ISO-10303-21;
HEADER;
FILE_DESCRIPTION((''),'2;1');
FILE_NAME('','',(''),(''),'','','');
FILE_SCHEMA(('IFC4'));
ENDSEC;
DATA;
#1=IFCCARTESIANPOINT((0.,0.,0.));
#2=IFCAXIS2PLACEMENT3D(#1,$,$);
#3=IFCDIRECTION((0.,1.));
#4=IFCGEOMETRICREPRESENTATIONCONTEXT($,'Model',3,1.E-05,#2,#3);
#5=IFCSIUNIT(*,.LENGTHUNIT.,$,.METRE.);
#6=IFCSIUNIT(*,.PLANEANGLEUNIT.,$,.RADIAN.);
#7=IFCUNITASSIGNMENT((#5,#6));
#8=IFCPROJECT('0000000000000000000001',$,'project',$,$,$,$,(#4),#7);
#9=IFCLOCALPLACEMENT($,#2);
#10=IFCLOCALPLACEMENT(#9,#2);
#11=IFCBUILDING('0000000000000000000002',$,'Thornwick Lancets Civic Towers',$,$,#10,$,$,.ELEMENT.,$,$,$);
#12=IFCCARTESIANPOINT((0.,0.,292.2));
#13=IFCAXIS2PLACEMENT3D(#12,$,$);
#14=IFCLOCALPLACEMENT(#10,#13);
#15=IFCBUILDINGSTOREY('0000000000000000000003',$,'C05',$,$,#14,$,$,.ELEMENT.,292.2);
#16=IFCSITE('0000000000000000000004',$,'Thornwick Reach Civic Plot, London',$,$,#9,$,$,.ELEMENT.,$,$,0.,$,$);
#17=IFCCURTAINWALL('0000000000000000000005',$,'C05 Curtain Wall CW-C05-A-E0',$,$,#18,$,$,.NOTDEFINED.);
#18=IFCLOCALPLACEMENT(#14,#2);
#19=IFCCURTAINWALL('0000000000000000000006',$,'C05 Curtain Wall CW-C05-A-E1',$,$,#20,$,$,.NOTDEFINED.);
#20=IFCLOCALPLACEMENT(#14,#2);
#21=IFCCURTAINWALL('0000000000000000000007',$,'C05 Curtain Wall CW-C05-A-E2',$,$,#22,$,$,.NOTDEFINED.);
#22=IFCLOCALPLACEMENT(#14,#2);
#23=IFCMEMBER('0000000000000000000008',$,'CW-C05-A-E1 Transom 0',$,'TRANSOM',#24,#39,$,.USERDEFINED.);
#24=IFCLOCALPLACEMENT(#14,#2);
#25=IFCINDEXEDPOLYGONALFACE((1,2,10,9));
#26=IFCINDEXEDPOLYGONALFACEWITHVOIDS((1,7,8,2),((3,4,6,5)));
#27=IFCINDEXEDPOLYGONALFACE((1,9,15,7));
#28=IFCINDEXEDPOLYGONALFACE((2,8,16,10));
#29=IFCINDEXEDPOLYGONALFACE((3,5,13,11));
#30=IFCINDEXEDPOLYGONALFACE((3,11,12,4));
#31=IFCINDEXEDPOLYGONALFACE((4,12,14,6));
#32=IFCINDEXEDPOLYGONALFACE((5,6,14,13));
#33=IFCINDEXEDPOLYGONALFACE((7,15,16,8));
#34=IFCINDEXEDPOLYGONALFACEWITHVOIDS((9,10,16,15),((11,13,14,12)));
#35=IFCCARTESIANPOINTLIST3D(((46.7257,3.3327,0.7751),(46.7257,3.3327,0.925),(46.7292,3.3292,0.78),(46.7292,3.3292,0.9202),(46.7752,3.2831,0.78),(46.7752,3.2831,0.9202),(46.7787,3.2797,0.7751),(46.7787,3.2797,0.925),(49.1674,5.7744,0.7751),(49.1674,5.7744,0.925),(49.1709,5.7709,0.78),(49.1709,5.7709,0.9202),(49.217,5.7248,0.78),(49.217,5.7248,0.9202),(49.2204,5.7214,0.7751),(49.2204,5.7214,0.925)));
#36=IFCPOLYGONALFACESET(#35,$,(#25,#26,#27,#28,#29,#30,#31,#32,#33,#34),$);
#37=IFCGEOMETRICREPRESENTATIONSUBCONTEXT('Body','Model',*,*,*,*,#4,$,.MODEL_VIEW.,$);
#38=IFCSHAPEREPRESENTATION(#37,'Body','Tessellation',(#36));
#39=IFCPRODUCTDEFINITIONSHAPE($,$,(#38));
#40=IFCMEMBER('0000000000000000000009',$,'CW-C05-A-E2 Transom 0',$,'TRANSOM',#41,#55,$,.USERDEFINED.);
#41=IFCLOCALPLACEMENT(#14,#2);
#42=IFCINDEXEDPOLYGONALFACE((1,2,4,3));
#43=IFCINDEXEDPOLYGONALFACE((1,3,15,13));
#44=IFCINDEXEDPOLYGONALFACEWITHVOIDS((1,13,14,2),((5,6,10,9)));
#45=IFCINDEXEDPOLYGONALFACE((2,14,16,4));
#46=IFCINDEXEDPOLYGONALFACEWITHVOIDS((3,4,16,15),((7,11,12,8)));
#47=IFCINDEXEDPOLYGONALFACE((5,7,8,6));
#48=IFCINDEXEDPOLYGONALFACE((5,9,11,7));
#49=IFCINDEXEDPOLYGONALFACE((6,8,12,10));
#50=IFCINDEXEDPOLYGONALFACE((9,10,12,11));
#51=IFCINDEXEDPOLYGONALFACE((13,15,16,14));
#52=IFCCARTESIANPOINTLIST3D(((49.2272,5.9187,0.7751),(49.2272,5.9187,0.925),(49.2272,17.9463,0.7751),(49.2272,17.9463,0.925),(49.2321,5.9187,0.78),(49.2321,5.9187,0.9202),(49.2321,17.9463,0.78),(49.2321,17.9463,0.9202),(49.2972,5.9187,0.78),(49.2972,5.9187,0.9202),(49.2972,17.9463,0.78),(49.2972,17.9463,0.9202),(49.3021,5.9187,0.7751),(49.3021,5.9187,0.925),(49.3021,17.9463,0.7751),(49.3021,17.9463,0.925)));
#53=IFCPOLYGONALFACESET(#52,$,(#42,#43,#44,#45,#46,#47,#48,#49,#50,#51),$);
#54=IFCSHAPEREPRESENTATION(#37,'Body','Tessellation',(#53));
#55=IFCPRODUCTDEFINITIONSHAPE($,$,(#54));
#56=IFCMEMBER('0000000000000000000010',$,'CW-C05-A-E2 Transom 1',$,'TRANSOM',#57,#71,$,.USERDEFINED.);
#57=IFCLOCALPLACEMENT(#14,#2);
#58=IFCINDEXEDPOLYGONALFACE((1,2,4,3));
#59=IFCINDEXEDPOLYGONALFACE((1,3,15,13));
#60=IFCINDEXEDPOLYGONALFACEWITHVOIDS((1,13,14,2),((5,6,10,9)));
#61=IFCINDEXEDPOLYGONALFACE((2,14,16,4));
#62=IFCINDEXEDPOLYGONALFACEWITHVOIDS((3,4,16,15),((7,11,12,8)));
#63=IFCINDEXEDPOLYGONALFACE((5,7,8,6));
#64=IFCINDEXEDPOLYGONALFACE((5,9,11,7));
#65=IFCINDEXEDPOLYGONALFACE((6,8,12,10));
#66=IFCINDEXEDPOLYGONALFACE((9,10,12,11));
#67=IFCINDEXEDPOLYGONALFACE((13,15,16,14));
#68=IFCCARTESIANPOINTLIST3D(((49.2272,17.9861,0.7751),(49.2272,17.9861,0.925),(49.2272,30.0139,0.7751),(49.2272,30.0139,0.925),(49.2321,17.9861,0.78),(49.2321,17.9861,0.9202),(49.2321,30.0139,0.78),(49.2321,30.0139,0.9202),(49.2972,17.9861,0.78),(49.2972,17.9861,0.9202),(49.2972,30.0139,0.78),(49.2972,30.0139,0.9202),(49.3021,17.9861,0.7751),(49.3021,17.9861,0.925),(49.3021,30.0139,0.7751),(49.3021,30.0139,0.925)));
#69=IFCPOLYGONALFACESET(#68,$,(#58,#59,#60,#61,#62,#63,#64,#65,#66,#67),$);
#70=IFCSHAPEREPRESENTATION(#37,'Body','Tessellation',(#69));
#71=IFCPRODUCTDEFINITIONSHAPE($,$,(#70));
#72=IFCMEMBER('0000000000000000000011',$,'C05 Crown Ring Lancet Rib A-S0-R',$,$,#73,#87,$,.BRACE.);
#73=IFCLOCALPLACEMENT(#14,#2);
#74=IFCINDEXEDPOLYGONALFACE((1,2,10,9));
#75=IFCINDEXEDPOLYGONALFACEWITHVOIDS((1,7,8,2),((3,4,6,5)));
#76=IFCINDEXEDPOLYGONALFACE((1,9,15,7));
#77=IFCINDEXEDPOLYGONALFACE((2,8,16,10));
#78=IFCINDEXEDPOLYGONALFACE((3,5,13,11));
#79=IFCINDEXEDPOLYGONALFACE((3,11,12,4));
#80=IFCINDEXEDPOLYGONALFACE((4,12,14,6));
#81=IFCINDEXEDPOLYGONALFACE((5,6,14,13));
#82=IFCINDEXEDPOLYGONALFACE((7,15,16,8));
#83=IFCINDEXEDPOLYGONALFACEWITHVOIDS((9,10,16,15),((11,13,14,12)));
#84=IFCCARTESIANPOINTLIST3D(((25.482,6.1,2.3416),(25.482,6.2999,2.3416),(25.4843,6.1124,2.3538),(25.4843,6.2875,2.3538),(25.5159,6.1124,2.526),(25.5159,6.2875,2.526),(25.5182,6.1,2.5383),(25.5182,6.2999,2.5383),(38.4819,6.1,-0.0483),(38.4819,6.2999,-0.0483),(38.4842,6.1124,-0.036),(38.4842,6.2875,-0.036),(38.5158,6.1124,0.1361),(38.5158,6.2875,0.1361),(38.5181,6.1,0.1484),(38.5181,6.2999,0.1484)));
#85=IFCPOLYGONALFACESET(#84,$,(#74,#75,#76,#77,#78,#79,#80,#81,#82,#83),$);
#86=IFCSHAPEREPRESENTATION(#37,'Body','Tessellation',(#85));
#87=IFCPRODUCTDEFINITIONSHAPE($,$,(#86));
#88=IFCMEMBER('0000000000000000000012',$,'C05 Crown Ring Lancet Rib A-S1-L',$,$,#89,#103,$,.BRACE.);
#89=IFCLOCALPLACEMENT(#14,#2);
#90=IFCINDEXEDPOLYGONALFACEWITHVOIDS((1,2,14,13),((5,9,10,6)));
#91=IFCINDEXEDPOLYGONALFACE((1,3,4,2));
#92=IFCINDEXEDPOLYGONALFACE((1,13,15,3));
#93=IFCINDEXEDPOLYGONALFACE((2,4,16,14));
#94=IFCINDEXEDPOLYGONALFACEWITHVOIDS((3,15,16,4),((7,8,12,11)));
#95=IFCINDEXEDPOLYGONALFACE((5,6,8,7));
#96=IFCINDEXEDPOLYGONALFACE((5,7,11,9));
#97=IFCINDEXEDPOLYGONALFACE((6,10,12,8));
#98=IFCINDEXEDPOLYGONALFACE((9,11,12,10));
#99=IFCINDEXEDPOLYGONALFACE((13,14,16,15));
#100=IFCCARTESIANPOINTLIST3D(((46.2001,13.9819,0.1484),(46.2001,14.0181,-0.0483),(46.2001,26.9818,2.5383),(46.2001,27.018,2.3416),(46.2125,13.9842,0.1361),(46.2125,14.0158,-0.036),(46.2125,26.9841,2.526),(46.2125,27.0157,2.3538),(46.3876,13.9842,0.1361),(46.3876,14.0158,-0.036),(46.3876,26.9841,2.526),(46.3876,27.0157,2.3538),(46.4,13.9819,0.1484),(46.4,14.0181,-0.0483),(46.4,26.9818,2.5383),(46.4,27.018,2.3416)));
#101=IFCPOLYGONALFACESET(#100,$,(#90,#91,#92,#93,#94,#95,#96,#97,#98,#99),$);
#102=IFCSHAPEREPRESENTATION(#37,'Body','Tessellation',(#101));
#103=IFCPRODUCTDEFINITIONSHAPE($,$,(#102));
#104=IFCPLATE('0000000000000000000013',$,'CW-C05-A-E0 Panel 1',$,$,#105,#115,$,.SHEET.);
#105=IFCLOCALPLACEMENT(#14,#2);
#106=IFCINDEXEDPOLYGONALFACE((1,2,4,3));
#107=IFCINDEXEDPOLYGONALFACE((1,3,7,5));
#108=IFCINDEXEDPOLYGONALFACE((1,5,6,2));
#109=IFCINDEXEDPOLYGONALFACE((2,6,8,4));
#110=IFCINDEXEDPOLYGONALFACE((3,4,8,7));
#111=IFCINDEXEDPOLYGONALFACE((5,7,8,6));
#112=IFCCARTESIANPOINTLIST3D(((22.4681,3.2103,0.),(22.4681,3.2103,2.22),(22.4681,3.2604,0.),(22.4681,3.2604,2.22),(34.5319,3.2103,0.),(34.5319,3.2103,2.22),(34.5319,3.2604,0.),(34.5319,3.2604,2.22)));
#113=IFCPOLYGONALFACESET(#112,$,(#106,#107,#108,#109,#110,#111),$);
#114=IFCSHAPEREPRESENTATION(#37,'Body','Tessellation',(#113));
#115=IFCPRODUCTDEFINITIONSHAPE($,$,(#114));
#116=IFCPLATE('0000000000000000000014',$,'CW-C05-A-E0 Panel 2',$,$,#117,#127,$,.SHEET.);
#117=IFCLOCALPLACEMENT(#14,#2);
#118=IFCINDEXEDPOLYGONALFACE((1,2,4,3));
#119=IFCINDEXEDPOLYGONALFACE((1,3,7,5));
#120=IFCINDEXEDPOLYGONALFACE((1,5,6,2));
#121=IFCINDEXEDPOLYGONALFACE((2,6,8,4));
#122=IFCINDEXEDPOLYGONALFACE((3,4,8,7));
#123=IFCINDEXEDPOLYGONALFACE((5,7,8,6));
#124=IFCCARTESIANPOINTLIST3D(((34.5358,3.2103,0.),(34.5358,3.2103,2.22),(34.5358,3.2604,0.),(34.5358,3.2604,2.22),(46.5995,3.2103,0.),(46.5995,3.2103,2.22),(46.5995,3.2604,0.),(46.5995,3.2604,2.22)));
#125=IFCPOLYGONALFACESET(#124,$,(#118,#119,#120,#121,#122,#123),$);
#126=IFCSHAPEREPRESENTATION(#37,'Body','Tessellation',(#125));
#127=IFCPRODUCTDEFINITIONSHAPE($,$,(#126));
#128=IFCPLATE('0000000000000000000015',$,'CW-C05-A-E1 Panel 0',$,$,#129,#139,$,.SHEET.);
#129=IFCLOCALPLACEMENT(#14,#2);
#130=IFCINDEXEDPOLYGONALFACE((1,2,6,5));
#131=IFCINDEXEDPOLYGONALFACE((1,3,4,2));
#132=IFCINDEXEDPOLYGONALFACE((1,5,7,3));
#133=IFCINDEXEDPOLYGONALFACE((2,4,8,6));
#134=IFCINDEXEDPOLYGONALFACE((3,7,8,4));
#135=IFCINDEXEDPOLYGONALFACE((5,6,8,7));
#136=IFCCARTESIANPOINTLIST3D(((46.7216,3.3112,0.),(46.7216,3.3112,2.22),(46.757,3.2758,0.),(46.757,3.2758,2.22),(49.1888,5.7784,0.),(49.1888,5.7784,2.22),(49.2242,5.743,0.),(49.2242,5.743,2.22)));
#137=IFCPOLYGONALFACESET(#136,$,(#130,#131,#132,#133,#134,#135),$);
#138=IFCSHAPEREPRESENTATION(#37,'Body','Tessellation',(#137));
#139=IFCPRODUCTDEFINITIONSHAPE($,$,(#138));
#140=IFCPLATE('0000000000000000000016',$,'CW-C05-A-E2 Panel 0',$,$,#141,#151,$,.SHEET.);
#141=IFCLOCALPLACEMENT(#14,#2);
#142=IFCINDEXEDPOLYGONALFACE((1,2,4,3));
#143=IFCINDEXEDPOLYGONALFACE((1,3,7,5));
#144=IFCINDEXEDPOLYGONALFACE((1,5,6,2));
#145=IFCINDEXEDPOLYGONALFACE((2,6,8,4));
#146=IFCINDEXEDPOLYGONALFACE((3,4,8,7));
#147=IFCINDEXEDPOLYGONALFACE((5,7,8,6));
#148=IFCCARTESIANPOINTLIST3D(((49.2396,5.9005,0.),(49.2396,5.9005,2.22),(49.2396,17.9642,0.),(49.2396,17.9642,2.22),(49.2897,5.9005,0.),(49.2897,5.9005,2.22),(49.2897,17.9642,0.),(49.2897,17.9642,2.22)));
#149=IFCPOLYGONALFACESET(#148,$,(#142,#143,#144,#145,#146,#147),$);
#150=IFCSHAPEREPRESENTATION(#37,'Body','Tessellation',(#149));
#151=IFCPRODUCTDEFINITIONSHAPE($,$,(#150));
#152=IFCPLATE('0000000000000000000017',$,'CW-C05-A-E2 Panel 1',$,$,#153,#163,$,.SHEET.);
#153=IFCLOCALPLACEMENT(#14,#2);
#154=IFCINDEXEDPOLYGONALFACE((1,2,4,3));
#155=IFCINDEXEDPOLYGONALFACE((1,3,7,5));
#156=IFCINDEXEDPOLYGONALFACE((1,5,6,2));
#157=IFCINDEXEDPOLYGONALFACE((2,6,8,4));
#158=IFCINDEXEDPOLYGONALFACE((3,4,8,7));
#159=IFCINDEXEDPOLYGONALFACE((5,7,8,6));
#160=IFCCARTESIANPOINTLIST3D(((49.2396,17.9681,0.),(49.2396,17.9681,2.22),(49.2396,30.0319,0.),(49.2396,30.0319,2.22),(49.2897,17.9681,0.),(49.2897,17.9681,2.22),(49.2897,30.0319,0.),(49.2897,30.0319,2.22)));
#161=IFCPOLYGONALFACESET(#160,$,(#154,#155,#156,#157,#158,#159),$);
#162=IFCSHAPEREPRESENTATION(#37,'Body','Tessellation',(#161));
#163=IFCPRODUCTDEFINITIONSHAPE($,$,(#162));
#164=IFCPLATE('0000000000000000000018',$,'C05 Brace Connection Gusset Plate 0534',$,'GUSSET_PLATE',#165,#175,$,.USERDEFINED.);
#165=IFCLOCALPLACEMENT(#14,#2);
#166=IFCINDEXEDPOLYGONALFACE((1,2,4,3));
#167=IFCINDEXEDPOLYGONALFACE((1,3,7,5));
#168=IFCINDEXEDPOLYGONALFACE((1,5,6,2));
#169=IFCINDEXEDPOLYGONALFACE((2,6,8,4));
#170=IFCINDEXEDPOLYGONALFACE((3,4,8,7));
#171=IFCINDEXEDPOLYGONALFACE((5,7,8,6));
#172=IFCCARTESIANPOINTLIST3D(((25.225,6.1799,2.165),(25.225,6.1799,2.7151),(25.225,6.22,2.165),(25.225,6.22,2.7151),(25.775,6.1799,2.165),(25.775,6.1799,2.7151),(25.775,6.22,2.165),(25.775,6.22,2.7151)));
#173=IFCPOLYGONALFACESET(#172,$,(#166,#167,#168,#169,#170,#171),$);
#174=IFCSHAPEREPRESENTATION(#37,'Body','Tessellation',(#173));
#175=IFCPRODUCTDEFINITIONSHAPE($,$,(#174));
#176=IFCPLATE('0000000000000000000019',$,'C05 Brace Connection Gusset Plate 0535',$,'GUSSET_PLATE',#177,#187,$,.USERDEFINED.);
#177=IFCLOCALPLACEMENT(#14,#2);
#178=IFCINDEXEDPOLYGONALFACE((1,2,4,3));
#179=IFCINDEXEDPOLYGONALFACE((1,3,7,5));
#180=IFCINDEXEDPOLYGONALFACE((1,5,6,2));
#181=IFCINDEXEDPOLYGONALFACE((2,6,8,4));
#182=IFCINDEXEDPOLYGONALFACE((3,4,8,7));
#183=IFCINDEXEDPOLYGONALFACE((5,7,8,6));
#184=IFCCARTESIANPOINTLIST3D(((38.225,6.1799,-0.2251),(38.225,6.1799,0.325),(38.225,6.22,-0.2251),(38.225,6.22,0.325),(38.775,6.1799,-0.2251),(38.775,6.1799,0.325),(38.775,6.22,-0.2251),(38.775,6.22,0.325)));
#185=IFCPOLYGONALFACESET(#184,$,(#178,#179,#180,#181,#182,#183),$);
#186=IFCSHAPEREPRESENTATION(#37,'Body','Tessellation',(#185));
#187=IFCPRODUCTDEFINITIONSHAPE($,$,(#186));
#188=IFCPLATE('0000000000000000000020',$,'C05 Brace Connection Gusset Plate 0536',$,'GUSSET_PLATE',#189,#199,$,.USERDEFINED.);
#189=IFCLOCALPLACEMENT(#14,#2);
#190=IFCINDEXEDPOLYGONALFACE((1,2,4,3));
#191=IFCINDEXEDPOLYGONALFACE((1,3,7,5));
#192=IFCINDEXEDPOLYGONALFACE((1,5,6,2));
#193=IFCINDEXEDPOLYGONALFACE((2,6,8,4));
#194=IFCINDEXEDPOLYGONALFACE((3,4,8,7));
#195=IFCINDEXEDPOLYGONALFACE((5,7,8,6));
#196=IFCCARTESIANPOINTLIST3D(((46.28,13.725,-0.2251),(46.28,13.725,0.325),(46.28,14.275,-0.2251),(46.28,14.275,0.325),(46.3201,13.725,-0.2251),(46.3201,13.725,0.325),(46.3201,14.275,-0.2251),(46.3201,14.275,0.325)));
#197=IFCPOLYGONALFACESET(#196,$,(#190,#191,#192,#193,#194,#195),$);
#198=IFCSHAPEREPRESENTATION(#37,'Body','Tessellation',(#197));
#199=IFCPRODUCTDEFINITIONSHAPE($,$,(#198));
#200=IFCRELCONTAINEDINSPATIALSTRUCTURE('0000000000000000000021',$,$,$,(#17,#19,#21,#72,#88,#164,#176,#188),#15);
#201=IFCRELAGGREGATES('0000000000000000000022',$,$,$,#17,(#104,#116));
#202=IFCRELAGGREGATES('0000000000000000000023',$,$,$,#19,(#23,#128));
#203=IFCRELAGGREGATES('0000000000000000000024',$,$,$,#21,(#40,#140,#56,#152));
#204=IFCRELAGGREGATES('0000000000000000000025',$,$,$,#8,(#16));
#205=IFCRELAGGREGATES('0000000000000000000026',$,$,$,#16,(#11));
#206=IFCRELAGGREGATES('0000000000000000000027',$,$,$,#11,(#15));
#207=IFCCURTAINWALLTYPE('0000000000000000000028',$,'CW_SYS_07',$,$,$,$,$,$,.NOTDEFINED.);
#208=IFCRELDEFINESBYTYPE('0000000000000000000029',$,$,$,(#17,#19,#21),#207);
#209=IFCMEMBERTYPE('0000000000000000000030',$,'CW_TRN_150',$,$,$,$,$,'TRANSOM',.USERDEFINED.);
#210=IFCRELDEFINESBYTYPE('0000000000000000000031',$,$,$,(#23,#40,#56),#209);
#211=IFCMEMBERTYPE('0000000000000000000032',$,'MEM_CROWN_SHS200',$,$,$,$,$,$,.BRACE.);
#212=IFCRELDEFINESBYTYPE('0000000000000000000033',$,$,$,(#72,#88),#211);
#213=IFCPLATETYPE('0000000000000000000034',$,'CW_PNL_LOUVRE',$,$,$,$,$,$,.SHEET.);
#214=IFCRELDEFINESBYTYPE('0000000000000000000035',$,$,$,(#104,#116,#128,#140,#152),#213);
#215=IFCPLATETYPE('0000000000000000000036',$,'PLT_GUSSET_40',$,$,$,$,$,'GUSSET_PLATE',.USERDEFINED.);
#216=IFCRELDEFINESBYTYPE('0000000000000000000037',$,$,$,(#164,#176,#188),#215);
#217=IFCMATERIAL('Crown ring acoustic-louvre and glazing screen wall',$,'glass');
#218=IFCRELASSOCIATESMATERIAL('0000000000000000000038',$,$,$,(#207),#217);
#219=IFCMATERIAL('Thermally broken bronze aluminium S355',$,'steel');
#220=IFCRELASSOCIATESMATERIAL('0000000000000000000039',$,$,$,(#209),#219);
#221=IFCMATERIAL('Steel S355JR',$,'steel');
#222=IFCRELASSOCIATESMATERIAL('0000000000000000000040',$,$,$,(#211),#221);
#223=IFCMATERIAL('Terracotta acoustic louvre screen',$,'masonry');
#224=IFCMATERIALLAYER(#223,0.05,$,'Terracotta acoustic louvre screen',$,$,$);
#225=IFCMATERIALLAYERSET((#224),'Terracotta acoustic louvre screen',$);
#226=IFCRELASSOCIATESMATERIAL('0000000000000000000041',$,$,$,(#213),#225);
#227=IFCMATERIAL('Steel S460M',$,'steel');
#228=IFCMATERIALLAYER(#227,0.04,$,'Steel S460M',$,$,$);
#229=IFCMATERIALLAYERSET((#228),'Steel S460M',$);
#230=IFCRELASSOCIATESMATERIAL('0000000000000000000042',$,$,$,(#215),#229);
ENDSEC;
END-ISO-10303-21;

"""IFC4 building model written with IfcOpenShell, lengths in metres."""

from ifc_helpers import new_model, si_unit, direction, frame, origin, origin_2d, place, context, subcontext, project, spatial, rectangle, hollow_rectangle, extrude, material, layer, layer_set, material_profile, profile_set, type_object, element, aggregate, save


model = new_model("IFC4")

# Units and contexts
model_context = context("Model", 3, precision=1e-05, world=origin(), true_north=direction((0.0, 1.0)))
body_context = subcontext(model_context, "Body", "Model", "MODEL_VIEW")
ifc_project = project(units=[si_unit("LENGTHUNIT", "METRE"), si_unit("PLANEANGLEUNIT", "RADIAN")], contexts=[model_context])

# Site, building, storey
site_placement = place(None, origin())
site = spatial("IfcSite", under=ifc_project, at=site_placement, Name="Thornwick Reach Civic Plot, London", CompositionType="ELEMENT", RefElevation=0.0)
building_placement = place(site_placement, origin())
building = spatial("IfcBuilding", under=site, at=building_placement, Name="Thornwick Lancets Civic Towers", CompositionType="ELEMENT")
storey_placement = place(building_placement, frame((0.0, 0.0, 292.2)))
storey = spatial("IfcBuildingStorey", under=building, at=storey_placement, Name="C05", CompositionType="ELEMENT", Elevation=292.2)

# Shared definitions
ifc_material_1 = material(Name="Steel S355JR", Category="steel")

# Curtain walls
ifc_material_2 = material(Name="Crown ring acoustic-louvre and glazing screen wall", Category="glass")
curtain_wall_type = type_object("IfcCurtainWallType", Name="CW_SYS_07", PredefinedType="NOTDEFINED", material=ifc_material_2)
curtain_wall_1_placement = place(storey_placement, origin())
curtain_wall_1 = element("IfcCurtainWall", 1, at=curtain_wall_1_placement, inside=storey, type_object=curtain_wall_type, Name="C05 Curtain Wall CW-C05-A-E0", PredefinedType="NOTDEFINED")
ifc_material_3 = material(Name="Thermally broken bronze aluminium S355", Category="steel")
curtain_wall_2_placement = place(storey_placement, origin())
curtain_wall_2 = element("IfcCurtainWall", 2, at=curtain_wall_2_placement, inside=storey, type_object=curtain_wall_type, Name="C05 Curtain Wall CW-C05-A-E1", PredefinedType="NOTDEFINED")
curtain_wall_3_placement = place(storey_placement, origin())
curtain_wall_3 = element("IfcCurtainWall", 3, at=curtain_wall_3_placement, inside=storey, type_object=curtain_wall_type, Name="C05 Curtain Wall CW-C05-A-E2", PredefinedType="NOTDEFINED")

# Members
ifc_material_profile_1 = material_profile(ifc_material_3, hollow_rectangle(XDim=0.075, YDim=0.1499, WallThickness=0.0049, at=origin_2d()), Name="RHS 150x75x5")
ifc_profile_set_1 = profile_set([ifc_material_profile_1], Name="Thermally broken bronze aluminium S355")
member_type_1 = type_object("IfcMemberType", Name="CW_TRN_150", ElementType="TRANSOM", PredefinedType="USERDEFINED", material=ifc_profile_set_1)
member_1_placement = place(storey_placement, frame((46.7522, 3.3062, 0.8501), z_axis=(0.707107, 0.707107, 0.0), x_axis=(-0.707107, 0.707107, 0.0)))
member_1 = element("IfcMember", 4, at=member_1_placement, type_object=member_type_1, Name="CW-C05-A-E1 Transom 0", ObjectType="TRANSOM", PredefinedType="USERDEFINED", context=body_context, shape_type="SweptSolid", body=[
    extrude(hollow_rectangle(XDim=0.075, YDim=0.1499, WallThickness=0.0049, at=origin_2d()), origin(), (0.0, 0.0, 1.0), 3.4531),
])
member_2_placement = place(storey_placement, frame((49.2646, 5.9187, 0.8501), z_axis=(0.0, 1.0, 0.0), x_axis=(-1.0, 0.0, 0.0)))
member_2 = element("IfcMember", 5, at=member_2_placement, type_object=member_type_1, Name="CW-C05-A-E2 Transom 0", ObjectType="TRANSOM", PredefinedType="USERDEFINED", context=body_context, shape_type="SweptSolid", body=[
    extrude(hollow_rectangle(XDim=0.075, YDim=0.1499, WallThickness=0.0049, at=origin_2d()), origin(), (0.0, 0.0, 1.0), 12.0276),
])
member_3_placement = place(storey_placement, frame((49.2646, 17.9861, 0.8501), z_axis=(0.0, 1.0, 0.0), x_axis=(-1.0, 0.0, 0.0)))
member_3 = element("IfcMember", 6, at=member_3_placement, type_object=member_type_1, Name="CW-C05-A-E2 Transom 1", ObjectType="TRANSOM", PredefinedType="USERDEFINED", context=body_context, shape_type="SweptSolid", body=[
    extrude(hollow_rectangle(XDim=0.075, YDim=0.1499, WallThickness=0.0049, at=origin_2d()), origin(), (0.0, 0.0, 1.0), 12.0278),
])

# Members
ifc_material_profile_2 = material_profile(ifc_material_1, hollow_rectangle(XDim=0.2, YDim=0.2, WallThickness=0.0125, at=origin_2d()), Name="SHS 200x200x12.5")
ifc_profile_set_2 = profile_set([ifc_material_profile_2], Name="Steel S355JR")
member_type_2 = type_object("IfcMemberType", Name="MEM_CROWN_SHS200", PredefinedType="BRACE", material=ifc_profile_set_2)
for number, where, z_axis, x_axis, name in (
    (7, (38.5, 6.2, 0.05), (-0.983518, 0.0, 0.180808), (0.0, -1.0, 0.0), "C05 Crown Ring Lancet Rib A-S0-R"),
    (8, (46.3, 14.0, 0.05), (0.0, 0.983518, 0.180808), (-1.0, 0.0, 0.0), "C05 Crown Ring Lancet Rib A-S1-L"),
):
    element("IfcMember", number, at=place(storey_placement, frame(where, z_axis=z_axis, x_axis=x_axis)), inside=storey, type_object=member_type_2, Name=name, PredefinedType="BRACE", context=body_context, shape_type="SweptSolid", body=[
        extrude(hollow_rectangle(XDim=0.2, YDim=0.2, WallThickness=0.0125, at=origin_2d()), origin(), (0.0, 0.0, 1.0), 13.2178),
    ])

# Plates
ifc_material_4 = material(Name="Terracotta acoustic louvre screen", Category="masonry")
ifc_layer_1 = layer(ifc_material_4, 0.05, Name="Terracotta acoustic louvre screen")
ifc_layer_set_1 = layer_set([ifc_layer_1], Name="Terracotta acoustic louvre screen")
plate_type_1 = type_object("IfcPlateType", Name="CW_PNL_LOUVRE", PredefinedType="SHEET", material=ifc_layer_set_1)
plate_1_placement = place(storey_placement, frame((28.5, 3.2354, 0.0), z_axis=(0.0, 0.0, 1.0), x_axis=(1.0, 0.0, 0.0)))
plate_1 = element("IfcPlate", 9, at=plate_1_placement, type_object=plate_type_1, Name="CW-C05-A-E0 Panel 1", PredefinedType="SHEET", context=body_context, shape_type="SweptSolid", body=[
    extrude(rectangle(XDim=12.0637, YDim=0.05, at=origin_2d()), origin(), (0.0, 0.0, 1.0), 2.22),
])
plate_2_placement = place(storey_placement, frame((40.5676, 3.2354, 0.0), z_axis=(0.0, 0.0, 1.0), x_axis=(1.0, 0.0, 0.0)))
plate_2 = element("IfcPlate", 10, at=plate_2_placement, type_object=plate_type_1, Name="CW-C05-A-E0 Panel 2", PredefinedType="SHEET", context=body_context, shape_type="SweptSolid", body=[
    extrude(rectangle(XDim=12.0637, YDim=0.05, at=origin_2d()), origin(), (0.0, 0.0, 1.0), 2.22),
])
aggregate(curtain_wall_1, [plate_1, plate_2])
plate_3_placement = place(storey_placement, frame((47.9729, 4.5271, 0.0), z_axis=(0.0, 0.0, 1.0), x_axis=(0.707107, 0.707107, 0.0)))
plate_3 = element("IfcPlate", 11, at=plate_3_placement, type_object=plate_type_1, Name="CW-C05-A-E1 Panel 0", PredefinedType="SHEET", context=body_context, shape_type="SweptSolid", body=[
    extrude(rectangle(XDim=3.4893, YDim=0.05, at=origin_2d()), origin(), (0.0, 0.0, 1.0), 2.22),
])
aggregate(curtain_wall_2, [member_1, plate_3])
plate_4_placement = place(storey_placement, frame((49.2646, 11.9324, 0.0), z_axis=(0.0, 0.0, 1.0), x_axis=(0.0, 1.0, 0.0)))
plate_4 = element("IfcPlate", 12, at=plate_4_placement, type_object=plate_type_1, Name="CW-C05-A-E2 Panel 0", PredefinedType="SHEET", context=body_context, shape_type="SweptSolid", body=[
    extrude(rectangle(XDim=12.0637, YDim=0.05, at=origin_2d()), origin(), (0.0, 0.0, 1.0), 2.22),
])
plate_5_placement = place(storey_placement, frame((49.2646, 24.0, 0.0), z_axis=(0.0, 0.0, 1.0), x_axis=(0.0, 1.0, 0.0)))
plate_5 = element("IfcPlate", 13, at=plate_5_placement, type_object=plate_type_1, Name="CW-C05-A-E2 Panel 1", PredefinedType="SHEET", context=body_context, shape_type="SweptSolid", body=[
    extrude(rectangle(XDim=12.0637, YDim=0.05, at=origin_2d()), origin(), (0.0, 0.0, 1.0), 2.22),
])
aggregate(curtain_wall_3, [member_2, plate_4, member_3, plate_5])

# Plates
ifc_material_5 = material(Name="Steel S460M", Category="steel")
ifc_layer_2 = layer(ifc_material_5, 0.04, Name="Steel S460M")
ifc_layer_set_2 = layer_set([ifc_layer_2], Name="Steel S460M")
plate_type_2 = type_object("IfcPlateType", Name="PLT_GUSSET_40", ElementType="GUSSET_PLATE", PredefinedType="USERDEFINED", material=ifc_layer_set_2)
for number, where, z_axis, x_axis, name in (
    (14, (25.5, 6.2, 2.165), (0.0, 0.0, 1.0), (1.0, 0.0, 0.0), "C05 Brace Connection Gusset Plate 0534"),
    (15, (38.5, 6.2, -0.2251), (0.0, 0.0, 1.0), (-1.0, 0.0, 0.0), "C05 Brace Connection Gusset Plate 0535"),
    (16, (46.3, 14.0, -0.2251), (0.0, 0.0, 1.0), (0.0, 1.0, 0.0), "C05 Brace Connection Gusset Plate 0536"),
):
    element("IfcPlate", number, at=place(storey_placement, frame(where, z_axis=z_axis, x_axis=x_axis)), inside=storey, type_object=plate_type_2, Name=name, ObjectType="GUSSET_PLATE", PredefinedType="USERDEFINED", context=body_context, shape_type="SweptSolid", body=[
        extrude(rectangle(XDim=0.55, YDim=0.04, at=origin_2d()), origin(), (0.0, 0.0, 1.0), 0.55),
    ])

save(model, "model.ifc")
